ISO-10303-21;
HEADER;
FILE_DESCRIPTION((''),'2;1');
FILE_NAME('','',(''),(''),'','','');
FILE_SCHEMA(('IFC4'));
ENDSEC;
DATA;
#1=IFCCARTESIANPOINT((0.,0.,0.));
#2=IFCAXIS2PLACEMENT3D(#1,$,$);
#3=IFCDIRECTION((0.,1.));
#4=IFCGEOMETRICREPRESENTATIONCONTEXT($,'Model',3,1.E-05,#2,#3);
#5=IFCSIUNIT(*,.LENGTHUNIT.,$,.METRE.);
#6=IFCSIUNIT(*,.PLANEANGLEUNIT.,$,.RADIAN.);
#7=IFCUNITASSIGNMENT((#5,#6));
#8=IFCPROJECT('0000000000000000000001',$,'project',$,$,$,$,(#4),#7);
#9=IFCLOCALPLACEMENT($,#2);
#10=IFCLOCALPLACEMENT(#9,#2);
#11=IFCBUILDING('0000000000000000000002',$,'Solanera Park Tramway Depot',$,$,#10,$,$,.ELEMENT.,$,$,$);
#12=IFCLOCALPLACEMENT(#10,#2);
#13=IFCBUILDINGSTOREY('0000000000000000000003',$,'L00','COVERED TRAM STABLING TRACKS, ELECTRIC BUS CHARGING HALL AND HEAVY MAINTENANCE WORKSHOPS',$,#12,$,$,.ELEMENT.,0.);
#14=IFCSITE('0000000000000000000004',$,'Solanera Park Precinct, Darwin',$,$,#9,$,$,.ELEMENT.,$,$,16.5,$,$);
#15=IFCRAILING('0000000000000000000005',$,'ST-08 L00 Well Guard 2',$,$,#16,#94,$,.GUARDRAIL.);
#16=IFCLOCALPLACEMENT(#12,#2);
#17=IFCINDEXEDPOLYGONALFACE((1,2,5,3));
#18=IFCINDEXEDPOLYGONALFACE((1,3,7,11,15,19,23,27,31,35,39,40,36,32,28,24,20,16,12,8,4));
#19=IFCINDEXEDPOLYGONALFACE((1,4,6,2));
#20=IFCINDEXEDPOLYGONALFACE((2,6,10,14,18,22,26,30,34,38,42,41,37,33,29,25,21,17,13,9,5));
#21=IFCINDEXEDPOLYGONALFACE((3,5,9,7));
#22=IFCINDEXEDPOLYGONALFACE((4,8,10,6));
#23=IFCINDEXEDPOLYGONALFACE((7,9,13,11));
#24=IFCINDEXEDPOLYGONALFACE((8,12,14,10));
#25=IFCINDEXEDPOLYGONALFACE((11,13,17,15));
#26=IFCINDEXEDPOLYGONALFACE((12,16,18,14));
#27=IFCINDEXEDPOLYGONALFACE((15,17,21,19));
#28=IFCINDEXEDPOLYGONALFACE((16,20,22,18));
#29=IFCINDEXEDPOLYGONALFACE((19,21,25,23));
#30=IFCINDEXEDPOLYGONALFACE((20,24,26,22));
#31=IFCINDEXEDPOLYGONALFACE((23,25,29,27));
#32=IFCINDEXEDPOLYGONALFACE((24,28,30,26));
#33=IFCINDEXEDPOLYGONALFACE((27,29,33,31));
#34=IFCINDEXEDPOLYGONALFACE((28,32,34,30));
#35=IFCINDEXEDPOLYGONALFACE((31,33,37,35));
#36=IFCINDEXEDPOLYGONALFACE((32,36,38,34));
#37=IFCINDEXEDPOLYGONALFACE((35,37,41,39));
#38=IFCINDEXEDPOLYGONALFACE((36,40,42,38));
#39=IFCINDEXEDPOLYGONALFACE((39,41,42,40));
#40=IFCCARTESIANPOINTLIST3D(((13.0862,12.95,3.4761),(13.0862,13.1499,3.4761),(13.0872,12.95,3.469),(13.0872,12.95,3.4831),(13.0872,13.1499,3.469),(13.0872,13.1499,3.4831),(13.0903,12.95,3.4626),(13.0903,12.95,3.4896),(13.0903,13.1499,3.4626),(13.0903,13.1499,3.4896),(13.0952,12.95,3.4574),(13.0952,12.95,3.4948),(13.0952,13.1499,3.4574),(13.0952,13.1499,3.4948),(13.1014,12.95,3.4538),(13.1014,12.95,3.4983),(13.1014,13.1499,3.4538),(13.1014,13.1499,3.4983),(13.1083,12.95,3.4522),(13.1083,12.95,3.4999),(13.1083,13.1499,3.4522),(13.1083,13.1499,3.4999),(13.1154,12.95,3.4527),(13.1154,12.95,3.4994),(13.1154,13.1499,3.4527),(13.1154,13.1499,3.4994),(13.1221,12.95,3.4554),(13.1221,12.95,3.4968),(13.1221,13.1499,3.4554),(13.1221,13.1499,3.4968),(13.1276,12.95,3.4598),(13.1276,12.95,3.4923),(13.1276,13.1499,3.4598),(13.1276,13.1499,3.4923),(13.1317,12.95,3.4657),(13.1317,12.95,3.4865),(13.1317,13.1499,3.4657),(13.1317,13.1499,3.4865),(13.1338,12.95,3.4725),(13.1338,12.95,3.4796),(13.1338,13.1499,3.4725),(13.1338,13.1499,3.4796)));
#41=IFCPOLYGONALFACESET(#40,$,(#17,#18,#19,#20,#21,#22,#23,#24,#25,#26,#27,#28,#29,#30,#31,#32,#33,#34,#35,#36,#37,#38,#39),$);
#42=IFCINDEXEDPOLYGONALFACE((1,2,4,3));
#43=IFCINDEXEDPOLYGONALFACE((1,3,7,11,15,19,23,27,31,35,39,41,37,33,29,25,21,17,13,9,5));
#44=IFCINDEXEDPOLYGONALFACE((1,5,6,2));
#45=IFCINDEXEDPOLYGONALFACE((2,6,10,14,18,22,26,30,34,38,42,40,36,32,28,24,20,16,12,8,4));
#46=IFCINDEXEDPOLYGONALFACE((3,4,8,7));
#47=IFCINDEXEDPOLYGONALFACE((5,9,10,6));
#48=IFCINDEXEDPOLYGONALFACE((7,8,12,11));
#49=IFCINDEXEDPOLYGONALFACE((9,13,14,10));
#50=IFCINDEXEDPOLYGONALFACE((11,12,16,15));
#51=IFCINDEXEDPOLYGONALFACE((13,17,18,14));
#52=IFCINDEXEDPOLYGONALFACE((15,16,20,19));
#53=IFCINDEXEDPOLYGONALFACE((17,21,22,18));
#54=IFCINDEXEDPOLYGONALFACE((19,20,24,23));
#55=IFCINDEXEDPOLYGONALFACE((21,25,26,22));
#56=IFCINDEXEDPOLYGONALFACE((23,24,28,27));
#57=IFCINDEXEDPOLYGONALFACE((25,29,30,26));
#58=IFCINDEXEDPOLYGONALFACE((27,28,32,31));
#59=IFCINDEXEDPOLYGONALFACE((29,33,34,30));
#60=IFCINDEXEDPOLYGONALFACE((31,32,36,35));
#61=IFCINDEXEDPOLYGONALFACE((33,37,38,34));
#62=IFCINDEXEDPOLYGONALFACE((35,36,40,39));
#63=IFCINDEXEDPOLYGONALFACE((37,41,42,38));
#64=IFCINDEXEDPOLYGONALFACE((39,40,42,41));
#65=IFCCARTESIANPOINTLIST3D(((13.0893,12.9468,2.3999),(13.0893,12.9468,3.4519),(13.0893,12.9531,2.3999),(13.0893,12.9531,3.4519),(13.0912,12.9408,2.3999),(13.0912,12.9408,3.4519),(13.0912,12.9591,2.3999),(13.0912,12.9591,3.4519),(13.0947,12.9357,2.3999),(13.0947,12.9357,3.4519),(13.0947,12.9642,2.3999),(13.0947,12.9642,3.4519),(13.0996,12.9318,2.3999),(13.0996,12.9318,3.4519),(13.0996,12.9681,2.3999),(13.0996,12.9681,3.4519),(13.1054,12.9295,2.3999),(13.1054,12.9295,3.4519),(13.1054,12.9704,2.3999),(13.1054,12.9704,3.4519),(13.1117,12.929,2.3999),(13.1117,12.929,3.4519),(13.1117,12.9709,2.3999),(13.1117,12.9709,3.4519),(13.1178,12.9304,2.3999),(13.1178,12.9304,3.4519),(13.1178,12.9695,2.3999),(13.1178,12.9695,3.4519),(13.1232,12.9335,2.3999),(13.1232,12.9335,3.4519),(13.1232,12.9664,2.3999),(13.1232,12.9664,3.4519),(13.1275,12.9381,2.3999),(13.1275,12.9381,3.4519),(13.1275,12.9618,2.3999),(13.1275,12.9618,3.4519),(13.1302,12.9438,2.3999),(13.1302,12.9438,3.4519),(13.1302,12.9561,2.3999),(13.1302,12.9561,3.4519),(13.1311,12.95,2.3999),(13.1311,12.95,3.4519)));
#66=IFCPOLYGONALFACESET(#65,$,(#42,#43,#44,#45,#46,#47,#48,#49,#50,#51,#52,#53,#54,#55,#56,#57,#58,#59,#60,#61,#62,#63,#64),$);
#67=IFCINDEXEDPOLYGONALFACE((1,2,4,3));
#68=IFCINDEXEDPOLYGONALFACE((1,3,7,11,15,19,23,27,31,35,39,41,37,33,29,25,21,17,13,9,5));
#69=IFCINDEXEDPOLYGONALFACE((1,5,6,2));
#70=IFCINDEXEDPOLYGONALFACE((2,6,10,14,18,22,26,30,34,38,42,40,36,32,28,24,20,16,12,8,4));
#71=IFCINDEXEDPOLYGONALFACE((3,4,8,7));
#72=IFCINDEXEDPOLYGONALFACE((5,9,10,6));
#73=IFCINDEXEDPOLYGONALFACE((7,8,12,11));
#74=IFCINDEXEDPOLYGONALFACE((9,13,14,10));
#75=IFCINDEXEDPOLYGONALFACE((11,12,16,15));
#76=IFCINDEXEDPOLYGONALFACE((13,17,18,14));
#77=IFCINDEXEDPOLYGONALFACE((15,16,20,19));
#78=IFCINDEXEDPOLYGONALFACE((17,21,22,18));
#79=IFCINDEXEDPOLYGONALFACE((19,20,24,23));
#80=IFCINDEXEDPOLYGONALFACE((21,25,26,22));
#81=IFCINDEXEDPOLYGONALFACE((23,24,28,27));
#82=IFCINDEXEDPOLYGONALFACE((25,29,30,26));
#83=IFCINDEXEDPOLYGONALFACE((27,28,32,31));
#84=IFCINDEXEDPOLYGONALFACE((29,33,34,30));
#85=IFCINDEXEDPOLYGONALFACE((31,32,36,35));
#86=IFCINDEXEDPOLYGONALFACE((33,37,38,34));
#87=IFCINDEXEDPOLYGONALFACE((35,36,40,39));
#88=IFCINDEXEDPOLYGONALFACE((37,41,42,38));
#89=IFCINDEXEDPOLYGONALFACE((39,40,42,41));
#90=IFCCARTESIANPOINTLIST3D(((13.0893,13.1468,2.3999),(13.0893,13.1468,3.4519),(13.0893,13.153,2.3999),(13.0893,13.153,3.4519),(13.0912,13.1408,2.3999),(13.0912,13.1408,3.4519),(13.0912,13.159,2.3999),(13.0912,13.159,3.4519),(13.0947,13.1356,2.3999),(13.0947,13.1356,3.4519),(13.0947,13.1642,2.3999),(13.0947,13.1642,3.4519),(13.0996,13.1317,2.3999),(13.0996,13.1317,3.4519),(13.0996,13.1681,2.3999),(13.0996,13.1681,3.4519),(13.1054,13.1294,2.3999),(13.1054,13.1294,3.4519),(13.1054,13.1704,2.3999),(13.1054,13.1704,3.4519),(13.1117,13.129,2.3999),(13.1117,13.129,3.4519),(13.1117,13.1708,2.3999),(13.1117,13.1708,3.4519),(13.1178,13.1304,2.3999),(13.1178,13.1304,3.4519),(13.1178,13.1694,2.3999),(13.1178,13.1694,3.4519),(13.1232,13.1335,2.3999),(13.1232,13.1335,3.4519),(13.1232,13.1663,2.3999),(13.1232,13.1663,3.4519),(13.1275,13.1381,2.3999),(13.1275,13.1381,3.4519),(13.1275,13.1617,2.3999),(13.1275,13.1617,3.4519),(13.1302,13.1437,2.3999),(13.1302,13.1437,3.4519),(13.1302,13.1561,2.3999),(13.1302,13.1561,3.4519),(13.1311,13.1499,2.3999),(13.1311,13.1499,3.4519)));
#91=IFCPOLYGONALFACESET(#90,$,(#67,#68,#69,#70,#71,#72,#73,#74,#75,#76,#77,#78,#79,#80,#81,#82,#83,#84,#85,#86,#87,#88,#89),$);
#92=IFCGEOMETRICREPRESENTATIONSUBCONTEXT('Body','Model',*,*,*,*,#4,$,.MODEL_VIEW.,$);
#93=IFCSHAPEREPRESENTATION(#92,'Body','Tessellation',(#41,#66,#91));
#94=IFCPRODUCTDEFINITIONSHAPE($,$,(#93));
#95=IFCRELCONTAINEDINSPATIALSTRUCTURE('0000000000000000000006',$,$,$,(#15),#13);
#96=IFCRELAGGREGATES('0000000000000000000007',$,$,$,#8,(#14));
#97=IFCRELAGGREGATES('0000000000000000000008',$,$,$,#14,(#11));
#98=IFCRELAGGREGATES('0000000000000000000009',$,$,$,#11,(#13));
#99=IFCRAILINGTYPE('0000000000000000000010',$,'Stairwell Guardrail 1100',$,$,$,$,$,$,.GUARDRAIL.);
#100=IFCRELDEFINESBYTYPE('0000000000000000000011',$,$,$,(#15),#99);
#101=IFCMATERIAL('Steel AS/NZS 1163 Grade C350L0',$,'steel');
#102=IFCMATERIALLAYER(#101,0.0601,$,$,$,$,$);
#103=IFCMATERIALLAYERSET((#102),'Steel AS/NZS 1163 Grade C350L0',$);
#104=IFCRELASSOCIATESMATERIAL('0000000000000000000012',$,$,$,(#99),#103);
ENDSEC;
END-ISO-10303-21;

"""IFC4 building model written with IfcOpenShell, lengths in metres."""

from ifc_helpers import new_model, si_unit, direction, frame, origin, origin_2d, place, context, subcontext, project, spatial, circle, extrude, material, layer, layer_set, type_object, element, save


model = new_model("IFC4")

# Units and contexts
model_context = context("Model", 3, precision=1e-05, world=origin(), true_north=direction((0.0, 1.0)))
body_context = subcontext(model_context, "Body", "Model", "MODEL_VIEW")
ifc_project = project(units=[si_unit("LENGTHUNIT", "METRE"), si_unit("PLANEANGLEUNIT", "RADIAN")], contexts=[model_context])

# Site, building, storey
site_placement = place(None, origin())
site = spatial("IfcSite", under=ifc_project, at=site_placement, Name="Solanera Park Precinct, Darwin", CompositionType="ELEMENT", RefElevation=16.5)
building_placement = place(site_placement, origin())
building = spatial("IfcBuilding", under=site, at=building_placement, Name="Solanera Park Tramway Depot", CompositionType="ELEMENT")
storey_placement = place(building_placement, origin())
storey = spatial("IfcBuildingStorey", under=building, at=storey_placement, Name="L00", Description="COVERED TRAM STABLING TRACKS, ELECTRIC BUS CHARGING HALL AND HEAVY MAINTENANCE WORKSHOPS", CompositionType="ELEMENT", Elevation=0.0)

# Railing
ifc_material_1 = material(Name="Steel AS/NZS 1163 Grade C350L0", Category="steel")
ifc_layer_1 = layer(ifc_material_1, 0.0601)
ifc_layer_set_1 = layer_set([ifc_layer_1], Name="Steel AS/NZS 1163 Grade C350L0")
railing_type_1 = type_object("IfcRailingType", Name="Stairwell Guardrail 1100", PredefinedType="GUARDRAIL", material=ifc_layer_set_1)
railing_1_placement = place(storey_placement, frame((13.1101, 12.95, 2.3999)))
element("IfcRailing", 1, at=railing_1_placement, inside=storey, type_object=railing_type_1, Name="ST-08 L00 Well Guard 2", PredefinedType="GUARDRAIL", context=body_context, shape_type="SweptSolid", body=[
    extrude(circle(Radius=0.0239, at=origin_2d()), frame((0.0, 0.0, 1.0762), z_axis=(0.0, 1.0, 0.0), x_axis=(-1.0, 0.0, 0.0)), (0.0, 0.0, 1.0), 0.2),
    extrude(circle(Radius=0.021, at=origin_2d()), origin(), (0.0, 0.0, 1.0), 1.052),
    extrude(circle(Radius=0.021, at=origin_2d()), frame((0.0, 0.2, 0.0)), (0.0, 0.0, 1.0), 1.052),
])

save(model, "model.ifc")
